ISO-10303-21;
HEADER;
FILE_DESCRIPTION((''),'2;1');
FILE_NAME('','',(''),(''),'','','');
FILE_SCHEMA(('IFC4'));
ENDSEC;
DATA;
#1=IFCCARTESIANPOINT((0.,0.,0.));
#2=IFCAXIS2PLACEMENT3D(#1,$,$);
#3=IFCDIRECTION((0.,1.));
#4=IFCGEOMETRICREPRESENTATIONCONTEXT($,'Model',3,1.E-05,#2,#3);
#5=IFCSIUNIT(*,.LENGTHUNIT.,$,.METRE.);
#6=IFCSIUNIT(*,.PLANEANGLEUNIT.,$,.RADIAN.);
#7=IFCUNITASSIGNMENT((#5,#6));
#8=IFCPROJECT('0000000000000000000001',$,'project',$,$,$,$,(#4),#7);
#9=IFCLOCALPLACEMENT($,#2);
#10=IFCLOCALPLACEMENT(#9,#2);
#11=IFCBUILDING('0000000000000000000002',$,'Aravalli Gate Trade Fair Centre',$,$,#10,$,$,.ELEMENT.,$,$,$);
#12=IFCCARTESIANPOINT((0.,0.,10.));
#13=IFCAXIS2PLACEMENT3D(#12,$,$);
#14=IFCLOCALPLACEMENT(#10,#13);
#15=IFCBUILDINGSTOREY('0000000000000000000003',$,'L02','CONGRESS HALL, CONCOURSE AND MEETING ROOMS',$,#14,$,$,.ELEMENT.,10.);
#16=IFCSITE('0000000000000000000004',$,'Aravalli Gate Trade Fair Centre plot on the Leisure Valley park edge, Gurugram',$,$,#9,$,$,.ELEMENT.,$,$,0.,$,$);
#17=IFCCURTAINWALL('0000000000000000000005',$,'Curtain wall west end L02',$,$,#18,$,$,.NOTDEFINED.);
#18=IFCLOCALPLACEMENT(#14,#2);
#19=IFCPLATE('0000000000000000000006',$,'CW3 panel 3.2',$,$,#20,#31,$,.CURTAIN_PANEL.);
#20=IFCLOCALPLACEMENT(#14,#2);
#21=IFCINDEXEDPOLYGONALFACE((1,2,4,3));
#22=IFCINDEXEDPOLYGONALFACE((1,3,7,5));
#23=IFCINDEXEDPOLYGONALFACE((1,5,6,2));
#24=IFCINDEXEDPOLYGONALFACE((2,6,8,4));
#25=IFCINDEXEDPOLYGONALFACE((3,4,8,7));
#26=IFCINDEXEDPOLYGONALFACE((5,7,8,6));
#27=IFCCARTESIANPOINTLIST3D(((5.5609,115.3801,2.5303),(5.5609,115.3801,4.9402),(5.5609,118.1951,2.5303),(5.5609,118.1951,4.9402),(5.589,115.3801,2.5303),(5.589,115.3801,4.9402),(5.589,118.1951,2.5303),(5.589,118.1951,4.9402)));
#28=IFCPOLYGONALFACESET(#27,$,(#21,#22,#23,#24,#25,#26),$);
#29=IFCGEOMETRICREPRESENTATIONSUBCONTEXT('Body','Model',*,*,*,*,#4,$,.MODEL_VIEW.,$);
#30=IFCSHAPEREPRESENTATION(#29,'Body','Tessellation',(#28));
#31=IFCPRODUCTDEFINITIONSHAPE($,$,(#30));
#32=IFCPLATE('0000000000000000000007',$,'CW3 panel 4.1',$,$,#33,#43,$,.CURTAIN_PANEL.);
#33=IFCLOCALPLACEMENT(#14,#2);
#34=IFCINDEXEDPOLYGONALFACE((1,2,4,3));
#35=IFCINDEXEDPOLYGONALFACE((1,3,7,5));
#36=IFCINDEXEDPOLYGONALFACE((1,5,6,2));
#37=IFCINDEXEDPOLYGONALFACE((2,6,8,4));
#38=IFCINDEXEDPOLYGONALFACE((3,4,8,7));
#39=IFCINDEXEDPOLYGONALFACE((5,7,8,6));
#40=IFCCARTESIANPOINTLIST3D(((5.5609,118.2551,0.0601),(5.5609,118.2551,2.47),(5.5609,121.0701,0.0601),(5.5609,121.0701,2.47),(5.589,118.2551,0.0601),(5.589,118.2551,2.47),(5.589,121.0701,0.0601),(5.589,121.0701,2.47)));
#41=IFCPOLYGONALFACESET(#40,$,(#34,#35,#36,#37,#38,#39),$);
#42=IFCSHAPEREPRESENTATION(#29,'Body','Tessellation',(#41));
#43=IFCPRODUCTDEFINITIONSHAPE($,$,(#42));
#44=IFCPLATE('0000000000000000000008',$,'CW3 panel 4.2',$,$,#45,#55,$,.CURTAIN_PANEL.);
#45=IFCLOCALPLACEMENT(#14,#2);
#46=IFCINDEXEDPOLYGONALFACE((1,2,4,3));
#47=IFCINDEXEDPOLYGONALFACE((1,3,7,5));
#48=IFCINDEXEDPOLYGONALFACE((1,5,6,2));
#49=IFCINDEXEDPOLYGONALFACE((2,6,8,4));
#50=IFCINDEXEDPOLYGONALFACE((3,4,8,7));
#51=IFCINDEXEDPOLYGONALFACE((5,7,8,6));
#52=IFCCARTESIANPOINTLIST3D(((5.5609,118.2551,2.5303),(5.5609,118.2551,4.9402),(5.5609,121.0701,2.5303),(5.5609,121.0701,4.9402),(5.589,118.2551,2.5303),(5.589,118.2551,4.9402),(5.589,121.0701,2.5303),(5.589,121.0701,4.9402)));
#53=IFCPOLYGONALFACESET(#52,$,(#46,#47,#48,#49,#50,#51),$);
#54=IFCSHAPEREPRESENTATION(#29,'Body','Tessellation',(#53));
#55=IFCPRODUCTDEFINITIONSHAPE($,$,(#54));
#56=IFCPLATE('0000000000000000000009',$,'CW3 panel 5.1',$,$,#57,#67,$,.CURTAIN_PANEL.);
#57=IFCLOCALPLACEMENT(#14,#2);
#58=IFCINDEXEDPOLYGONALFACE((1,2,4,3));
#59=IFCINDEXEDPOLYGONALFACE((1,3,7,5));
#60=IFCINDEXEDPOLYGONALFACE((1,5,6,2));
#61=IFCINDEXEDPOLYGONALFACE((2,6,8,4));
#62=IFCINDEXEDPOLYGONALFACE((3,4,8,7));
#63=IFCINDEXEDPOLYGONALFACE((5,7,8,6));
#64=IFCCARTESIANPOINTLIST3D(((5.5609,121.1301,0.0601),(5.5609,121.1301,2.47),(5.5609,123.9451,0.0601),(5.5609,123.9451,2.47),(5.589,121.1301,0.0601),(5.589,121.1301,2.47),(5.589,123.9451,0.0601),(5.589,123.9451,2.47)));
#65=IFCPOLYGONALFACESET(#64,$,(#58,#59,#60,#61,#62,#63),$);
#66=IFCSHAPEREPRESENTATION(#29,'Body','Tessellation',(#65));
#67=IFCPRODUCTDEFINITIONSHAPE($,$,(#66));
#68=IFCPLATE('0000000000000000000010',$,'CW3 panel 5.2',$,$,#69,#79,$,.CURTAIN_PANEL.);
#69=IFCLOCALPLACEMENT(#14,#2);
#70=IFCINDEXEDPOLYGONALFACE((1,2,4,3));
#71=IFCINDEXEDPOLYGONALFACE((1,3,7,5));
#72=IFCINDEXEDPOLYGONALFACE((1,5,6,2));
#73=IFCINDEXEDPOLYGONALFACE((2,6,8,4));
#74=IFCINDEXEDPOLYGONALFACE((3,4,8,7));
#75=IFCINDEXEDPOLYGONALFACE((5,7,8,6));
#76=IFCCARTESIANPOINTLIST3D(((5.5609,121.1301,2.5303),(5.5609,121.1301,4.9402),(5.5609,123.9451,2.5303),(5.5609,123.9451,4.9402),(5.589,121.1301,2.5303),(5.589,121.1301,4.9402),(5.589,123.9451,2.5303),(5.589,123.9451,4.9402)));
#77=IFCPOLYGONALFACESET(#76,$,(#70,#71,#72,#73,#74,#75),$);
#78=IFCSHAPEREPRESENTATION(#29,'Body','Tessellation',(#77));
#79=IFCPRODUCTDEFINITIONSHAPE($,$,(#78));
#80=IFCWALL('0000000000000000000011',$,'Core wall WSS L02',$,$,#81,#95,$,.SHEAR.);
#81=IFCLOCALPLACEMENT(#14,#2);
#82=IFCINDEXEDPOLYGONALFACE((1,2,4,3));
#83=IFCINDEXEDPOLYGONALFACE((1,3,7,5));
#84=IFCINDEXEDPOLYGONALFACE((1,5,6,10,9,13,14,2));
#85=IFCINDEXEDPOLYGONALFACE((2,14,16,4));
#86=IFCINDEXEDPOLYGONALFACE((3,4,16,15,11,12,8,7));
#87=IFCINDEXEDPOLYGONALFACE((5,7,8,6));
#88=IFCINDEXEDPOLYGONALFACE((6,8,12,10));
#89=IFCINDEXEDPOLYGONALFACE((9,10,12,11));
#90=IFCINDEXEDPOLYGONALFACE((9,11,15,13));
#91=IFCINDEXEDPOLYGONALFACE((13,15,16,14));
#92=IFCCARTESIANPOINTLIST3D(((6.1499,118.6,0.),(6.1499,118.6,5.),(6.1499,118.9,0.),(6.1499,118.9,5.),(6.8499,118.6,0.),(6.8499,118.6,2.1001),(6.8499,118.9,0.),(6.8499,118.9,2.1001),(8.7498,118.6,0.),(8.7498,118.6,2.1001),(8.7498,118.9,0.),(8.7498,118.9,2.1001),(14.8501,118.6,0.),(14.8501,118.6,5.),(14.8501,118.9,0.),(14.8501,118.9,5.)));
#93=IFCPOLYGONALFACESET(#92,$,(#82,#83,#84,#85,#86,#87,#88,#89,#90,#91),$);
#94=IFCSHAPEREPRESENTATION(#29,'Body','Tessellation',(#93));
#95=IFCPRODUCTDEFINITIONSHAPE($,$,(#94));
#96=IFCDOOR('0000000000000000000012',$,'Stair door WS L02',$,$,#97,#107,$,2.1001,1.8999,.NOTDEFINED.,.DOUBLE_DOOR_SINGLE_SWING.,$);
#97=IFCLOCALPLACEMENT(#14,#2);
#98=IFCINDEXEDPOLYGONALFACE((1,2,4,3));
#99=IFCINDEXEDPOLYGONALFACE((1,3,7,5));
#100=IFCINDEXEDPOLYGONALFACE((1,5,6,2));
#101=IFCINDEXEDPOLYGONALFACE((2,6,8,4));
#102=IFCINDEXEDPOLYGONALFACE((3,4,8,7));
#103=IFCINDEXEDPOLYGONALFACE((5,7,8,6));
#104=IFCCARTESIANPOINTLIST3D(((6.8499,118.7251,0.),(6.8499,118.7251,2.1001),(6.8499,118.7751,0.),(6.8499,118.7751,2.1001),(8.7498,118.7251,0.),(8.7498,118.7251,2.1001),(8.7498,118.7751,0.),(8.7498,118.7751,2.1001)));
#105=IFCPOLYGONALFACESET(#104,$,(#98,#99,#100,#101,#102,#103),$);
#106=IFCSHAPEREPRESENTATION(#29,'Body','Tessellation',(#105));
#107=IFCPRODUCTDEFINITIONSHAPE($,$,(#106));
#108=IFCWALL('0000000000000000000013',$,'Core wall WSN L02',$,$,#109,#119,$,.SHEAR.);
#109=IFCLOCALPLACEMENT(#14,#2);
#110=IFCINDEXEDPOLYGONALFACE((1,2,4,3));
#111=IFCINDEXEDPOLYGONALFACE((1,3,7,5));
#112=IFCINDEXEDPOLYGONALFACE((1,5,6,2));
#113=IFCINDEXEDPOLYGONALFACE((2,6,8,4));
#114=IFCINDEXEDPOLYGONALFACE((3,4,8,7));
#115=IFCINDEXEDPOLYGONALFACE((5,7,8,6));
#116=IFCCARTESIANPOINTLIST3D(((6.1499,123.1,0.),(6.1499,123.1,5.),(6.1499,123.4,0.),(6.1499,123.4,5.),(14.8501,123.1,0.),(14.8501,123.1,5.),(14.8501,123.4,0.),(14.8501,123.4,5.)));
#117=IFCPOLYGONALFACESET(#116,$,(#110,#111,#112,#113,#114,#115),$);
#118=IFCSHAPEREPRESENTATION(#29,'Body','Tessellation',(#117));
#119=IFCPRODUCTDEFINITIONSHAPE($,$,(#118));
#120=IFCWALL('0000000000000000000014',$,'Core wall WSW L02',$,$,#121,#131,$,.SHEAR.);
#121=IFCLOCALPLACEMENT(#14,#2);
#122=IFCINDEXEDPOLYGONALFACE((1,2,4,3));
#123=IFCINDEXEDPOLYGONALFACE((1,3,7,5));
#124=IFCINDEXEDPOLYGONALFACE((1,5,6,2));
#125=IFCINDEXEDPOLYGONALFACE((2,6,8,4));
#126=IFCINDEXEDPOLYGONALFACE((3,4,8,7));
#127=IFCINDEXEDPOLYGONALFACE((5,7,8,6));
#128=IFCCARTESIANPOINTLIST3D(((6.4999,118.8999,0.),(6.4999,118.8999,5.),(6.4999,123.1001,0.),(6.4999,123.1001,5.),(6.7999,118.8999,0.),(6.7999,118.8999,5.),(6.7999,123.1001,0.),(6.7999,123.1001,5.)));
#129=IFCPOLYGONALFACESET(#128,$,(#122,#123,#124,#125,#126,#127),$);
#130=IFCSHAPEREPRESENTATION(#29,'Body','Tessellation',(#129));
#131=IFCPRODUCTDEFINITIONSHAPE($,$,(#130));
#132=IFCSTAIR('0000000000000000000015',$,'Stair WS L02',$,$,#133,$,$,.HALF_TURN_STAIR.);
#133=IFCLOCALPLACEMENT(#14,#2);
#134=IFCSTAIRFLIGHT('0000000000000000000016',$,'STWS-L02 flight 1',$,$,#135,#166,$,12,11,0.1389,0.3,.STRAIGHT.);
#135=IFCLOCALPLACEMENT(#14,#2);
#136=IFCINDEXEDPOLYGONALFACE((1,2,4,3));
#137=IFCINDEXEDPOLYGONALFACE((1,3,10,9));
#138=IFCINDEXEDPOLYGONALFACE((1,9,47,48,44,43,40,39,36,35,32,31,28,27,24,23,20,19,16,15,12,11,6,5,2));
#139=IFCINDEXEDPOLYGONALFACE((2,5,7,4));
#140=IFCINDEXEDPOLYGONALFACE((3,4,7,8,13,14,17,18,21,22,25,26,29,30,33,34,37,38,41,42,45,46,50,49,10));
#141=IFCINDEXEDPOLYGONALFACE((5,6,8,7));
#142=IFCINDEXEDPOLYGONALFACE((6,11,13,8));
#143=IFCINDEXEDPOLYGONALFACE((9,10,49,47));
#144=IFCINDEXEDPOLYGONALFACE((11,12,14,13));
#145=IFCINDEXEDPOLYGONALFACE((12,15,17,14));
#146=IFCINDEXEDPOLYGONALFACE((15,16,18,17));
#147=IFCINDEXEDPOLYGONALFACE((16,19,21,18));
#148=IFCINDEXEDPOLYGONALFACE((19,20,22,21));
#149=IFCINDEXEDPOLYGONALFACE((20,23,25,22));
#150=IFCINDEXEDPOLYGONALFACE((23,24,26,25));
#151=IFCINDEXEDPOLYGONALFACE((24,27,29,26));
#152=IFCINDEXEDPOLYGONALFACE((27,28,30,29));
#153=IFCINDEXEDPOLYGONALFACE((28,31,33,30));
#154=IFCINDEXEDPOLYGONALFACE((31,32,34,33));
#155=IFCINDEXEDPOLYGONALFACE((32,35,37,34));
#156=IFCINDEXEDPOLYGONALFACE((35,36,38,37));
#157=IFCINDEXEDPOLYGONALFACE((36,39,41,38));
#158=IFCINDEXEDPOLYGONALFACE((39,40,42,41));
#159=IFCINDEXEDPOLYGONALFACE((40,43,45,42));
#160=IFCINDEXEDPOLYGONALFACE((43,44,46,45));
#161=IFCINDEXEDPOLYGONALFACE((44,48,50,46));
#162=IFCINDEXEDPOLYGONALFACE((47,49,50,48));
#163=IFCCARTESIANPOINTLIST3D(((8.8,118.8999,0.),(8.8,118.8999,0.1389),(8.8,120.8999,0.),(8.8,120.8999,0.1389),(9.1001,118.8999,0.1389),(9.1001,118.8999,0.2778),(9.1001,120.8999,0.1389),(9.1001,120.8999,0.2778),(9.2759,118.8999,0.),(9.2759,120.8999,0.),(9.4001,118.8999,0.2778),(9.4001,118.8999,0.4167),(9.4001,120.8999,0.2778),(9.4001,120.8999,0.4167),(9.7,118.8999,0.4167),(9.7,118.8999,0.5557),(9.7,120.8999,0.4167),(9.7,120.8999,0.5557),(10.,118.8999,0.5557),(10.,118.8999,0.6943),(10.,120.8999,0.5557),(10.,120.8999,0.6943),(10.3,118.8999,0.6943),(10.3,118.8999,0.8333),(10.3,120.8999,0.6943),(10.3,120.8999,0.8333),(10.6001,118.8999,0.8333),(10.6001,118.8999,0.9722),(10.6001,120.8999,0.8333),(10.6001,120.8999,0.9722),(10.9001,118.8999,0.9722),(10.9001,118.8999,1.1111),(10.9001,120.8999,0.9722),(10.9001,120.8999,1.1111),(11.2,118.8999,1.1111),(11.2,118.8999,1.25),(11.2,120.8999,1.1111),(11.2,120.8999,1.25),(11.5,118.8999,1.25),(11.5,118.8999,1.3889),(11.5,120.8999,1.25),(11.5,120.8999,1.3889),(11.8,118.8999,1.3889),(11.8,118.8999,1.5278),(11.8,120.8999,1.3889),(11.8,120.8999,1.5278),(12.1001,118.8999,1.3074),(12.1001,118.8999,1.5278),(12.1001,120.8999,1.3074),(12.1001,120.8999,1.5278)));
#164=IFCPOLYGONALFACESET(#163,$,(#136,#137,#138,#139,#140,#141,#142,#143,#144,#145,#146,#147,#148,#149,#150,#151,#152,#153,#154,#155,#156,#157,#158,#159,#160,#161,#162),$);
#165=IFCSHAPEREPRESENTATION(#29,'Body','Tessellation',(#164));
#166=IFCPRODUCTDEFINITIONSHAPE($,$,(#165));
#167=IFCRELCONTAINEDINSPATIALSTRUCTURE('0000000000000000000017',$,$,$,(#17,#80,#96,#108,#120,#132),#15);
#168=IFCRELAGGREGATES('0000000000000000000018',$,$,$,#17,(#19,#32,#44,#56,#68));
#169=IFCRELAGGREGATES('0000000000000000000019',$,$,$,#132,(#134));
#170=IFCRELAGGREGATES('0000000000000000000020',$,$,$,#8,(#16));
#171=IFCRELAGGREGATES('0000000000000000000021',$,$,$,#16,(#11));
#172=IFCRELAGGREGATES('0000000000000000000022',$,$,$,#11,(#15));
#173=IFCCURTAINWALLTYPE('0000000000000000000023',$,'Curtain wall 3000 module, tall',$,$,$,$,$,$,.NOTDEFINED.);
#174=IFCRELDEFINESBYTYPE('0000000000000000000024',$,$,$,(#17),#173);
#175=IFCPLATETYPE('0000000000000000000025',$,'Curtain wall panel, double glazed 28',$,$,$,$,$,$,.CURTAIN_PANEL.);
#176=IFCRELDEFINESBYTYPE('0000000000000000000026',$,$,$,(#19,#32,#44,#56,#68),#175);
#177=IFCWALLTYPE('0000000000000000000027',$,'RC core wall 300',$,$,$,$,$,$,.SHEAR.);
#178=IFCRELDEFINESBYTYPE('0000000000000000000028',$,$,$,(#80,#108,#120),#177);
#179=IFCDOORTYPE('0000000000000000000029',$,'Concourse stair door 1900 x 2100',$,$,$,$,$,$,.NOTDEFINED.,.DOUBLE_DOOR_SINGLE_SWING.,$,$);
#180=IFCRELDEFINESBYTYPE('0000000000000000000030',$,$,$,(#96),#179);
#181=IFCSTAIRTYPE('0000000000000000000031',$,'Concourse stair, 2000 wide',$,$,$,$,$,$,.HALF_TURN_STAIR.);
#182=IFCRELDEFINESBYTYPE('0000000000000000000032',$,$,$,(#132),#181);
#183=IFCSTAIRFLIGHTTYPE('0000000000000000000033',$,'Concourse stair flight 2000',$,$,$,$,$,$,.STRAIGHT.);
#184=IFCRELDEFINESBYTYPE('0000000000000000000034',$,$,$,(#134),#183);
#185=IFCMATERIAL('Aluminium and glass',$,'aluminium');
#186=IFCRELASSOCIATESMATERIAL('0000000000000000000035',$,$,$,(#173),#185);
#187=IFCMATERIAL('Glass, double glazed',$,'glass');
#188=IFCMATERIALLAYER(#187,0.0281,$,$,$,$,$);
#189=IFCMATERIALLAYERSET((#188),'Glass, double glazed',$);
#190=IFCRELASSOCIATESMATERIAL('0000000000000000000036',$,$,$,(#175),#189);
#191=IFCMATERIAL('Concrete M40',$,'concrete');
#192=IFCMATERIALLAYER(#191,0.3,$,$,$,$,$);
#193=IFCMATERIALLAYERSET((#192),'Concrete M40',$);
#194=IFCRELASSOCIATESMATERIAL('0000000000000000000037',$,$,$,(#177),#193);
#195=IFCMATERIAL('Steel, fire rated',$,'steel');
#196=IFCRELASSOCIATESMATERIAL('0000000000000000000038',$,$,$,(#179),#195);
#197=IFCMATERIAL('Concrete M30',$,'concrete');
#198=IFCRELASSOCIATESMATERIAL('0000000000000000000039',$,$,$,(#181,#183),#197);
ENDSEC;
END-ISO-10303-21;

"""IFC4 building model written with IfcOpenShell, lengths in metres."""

from ifc_helpers import new_model, si_unit, direction, frame, frame_2d, origin, origin_2d, place, context, subcontext, project, spatial, polyline, rectangle, outline, extrude, material, layer, layer_set, type_object, element, fill, aggregate, save


model = new_model("IFC4")

# Units and contexts
model_context = context("Model", 3, precision=1e-05, world=origin(), true_north=direction((0.0, 1.0)))
body_context = subcontext(model_context, "Body", "Model", "MODEL_VIEW")
ifc_project = project(units=[si_unit("LENGTHUNIT", "METRE"), si_unit("PLANEANGLEUNIT", "RADIAN")], contexts=[model_context])

# Site, building, storey
site_placement = place(None, origin())
site = spatial("IfcSite", under=ifc_project, at=site_placement, Name="Aravalli Gate Trade Fair Centre plot on the Leisure Valley park edge, Gurugram", CompositionType="ELEMENT", RefElevation=0.0)
building_placement = place(site_placement, origin())
building = spatial("IfcBuilding", under=site, at=building_placement, Name="Aravalli Gate Trade Fair Centre", CompositionType="ELEMENT")
storey_placement = place(building_placement, frame((0.0, 0.0, 10.0)))
storey = spatial("IfcBuildingStorey", under=building, at=storey_placement, Name="L02", Description="CONGRESS HALL, CONCOURSE AND MEETING ROOMS", CompositionType="ELEMENT", Elevation=10.0)

# Curtain wall
ifc_material_1 = material(Name="Aluminium and glass", Category="aluminium")
curtain_wall_type = type_object("IfcCurtainWallType", Name="Curtain wall 3000 module, tall", PredefinedType="NOTDEFINED", material=ifc_material_1)
curtain_wall_placement = place(storey_placement, origin())
curtain_wall = element("IfcCurtainWall", 1, at=curtain_wall_placement, inside=storey, type_object=curtain_wall_type, Name="Curtain wall west end L02", PredefinedType="NOTDEFINED")

# Plates
ifc_material_2 = material(Name="Glass, double glazed", Category="glass")
ifc_layer_1 = layer(ifc_material_2, 0.0281)
ifc_layer_set_1 = layer_set([ifc_layer_1], Name="Glass, double glazed")
plate_type = type_object("IfcPlateType", Name="Curtain wall panel, double glazed 28", PredefinedType="CURTAIN_PANEL", material=ifc_layer_set_1)
plate_1_placement = place(storey_placement, frame((5.575, 116.7876, 2.5303), z_axis=(0.0, 0.0, 1.0), x_axis=(0.0, 1.0, 0.0)))
plate_1 = element("IfcPlate", 2, at=plate_1_placement, type_object=plate_type, Name="CW3 panel 3.2", PredefinedType="CURTAIN_PANEL", context=body_context, shape_type="SweptSolid", body=[
    extrude(rectangle(XDim=2.8149, YDim=0.0281, at=origin_2d()), origin(), (0.0, 0.0, 1.0), 2.4099),
])
plate_2_placement = place(storey_placement, frame((5.575, 119.6626, 0.0601), z_axis=(0.0, 0.0, 1.0), x_axis=(0.0, 1.0, 0.0)))
plate_2 = element("IfcPlate", 3, at=plate_2_placement, type_object=plate_type, Name="CW3 panel 4.1", PredefinedType="CURTAIN_PANEL", context=body_context, shape_type="SweptSolid", body=[
    extrude(rectangle(XDim=2.8149, YDim=0.0281, at=origin_2d()), origin(), (0.0, 0.0, 1.0), 2.4099),
])
plate_3_placement = place(storey_placement, frame((5.575, 119.6626, 2.5303), z_axis=(0.0, 0.0, 1.0), x_axis=(0.0, 1.0, 0.0)))
plate_3 = element("IfcPlate", 4, at=plate_3_placement, type_object=plate_type, Name="CW3 panel 4.2", PredefinedType="CURTAIN_PANEL", context=body_context, shape_type="SweptSolid", body=[
    extrude(rectangle(XDim=2.8149, YDim=0.0281, at=origin_2d()), origin(), (0.0, 0.0, 1.0), 2.4099),
])
plate_4_placement = place(storey_placement, frame((5.575, 122.5376, 0.0601), z_axis=(0.0, 0.0, 1.0), x_axis=(0.0, 1.0, 0.0)))
plate_4 = element("IfcPlate", 5, at=plate_4_placement, type_object=plate_type, Name="CW3 panel 5.1", PredefinedType="CURTAIN_PANEL", context=body_context, shape_type="SweptSolid", body=[
    extrude(rectangle(XDim=2.8149, YDim=0.0281, at=origin_2d()), origin(), (0.0, 0.0, 1.0), 2.4099),
])
plate_5_placement = place(storey_placement, frame((5.575, 122.5376, 2.5303), z_axis=(0.0, 0.0, 1.0), x_axis=(0.0, 1.0, 0.0)))
plate_5 = element("IfcPlate", 6, at=plate_5_placement, type_object=plate_type, Name="CW3 panel 5.2", PredefinedType="CURTAIN_PANEL", context=body_context, shape_type="SweptSolid", body=[
    extrude(rectangle(XDim=2.8149, YDim=0.0281, at=origin_2d()), origin(), (0.0, 0.0, 1.0), 2.4099),
])
aggregate(curtain_wall, [plate_1, plate_2, plate_3, plate_4, plate_5])

# Wall, opening, door
ifc_material_3 = material(Name="Concrete M40", Category="concrete")
ifc_layer_2 = layer(ifc_material_3, 0.3)
ifc_layer_set_2 = layer_set([ifc_layer_2], Name="Concrete M40")
wall_type = type_object("IfcWallType", Name="RC core wall 300", PredefinedType="SHEAR", material=ifc_layer_set_2)
wall_1_placement = place(storey_placement, frame((6.1499, 118.75, 0.0), z_axis=(0.0, 0.0, 1.0), x_axis=(1.0, 0.0, 0.0)))
wall_1 = element("IfcWall", 7, at=wall_1_placement, inside=storey, type_object=wall_type, Name="Core wall WSS L02", PredefinedType="SHEAR", context=body_context, shape_type="SweptSolid", body=[
    extrude(rectangle(XDim=8.7002, YDim=0.3, at=frame_2d((4.3501, 0.0))), origin(), (0.0, 0.0, 1.0), 5.0),
])
opening_placement = place(wall_1_placement, frame((0.7, 0.0, 0.0)))
opening = element("IfcOpeningElement", 8, at=opening_placement, cuts=wall_1, PredefinedType="OPENING", context=body_context, shape_type="SweptSolid", body=[
    extrude(rectangle(XDim=1.8999, YDim=2.1001, at=frame_2d((0.95, 1.05))), frame((0.0, 0.1599, 0.0), z_axis=(0.0, -1.0, 0.0), x_axis=(1.0, 0.0, 0.0)), (0.0, 0.0, 1.0), 0.3201),
])
ifc_material_4 = material(Name="Steel, fire rated", Category="steel")
door_type = type_object("IfcDoorType", Name="Concourse stair door 1900 x 2100", OperationType="DOUBLE_DOOR_SINGLE_SWING", PredefinedType="NOTDEFINED", material=ifc_material_4)
door_placement = place(opening_placement, frame((1.8999, 0.0, 0.0), z_axis=(0.0, 0.0, 1.0), x_axis=(-1.0, 0.0, 0.0)))
door = element("IfcDoor", 9, at=door_placement, inside=storey, type_object=door_type, Name="Stair door WS L02", OperationType="DOUBLE_DOOR_SINGLE_SWING", OverallHeight=2.1001, OverallWidth=1.8999, PredefinedType="NOTDEFINED", context=body_context, shape_type="SweptSolid", body=[
    extrude(rectangle(XDim=1.8999, YDim=2.1001, at=frame_2d((0.95, 1.05))), frame((0.0, 0.0249, 0.0), z_axis=(0.0, -1.0, 0.0), x_axis=(1.0, 0.0, 0.0)), (0.0, 0.0, 1.0), 0.05),
])
fill(opening, door)

# Walls
wall_2_placement = place(storey_placement, frame((6.1499, 123.25, 0.0), z_axis=(0.0, 0.0, 1.0), x_axis=(1.0, 0.0, 0.0)))
element("IfcWall", 10, at=wall_2_placement, inside=storey, type_object=wall_type, Name="Core wall WSN L02", PredefinedType="SHEAR", context=body_context, shape_type="SweptSolid", body=[
    extrude(rectangle(XDim=8.7002, YDim=0.3, at=frame_2d((4.3501, 0.0))), origin(), (0.0, 0.0, 1.0), 5.0),
])
wall_3_placement = place(storey_placement, frame((6.6499, 118.8999, 0.0), z_axis=(0.0, 0.0, 1.0), x_axis=(0.0, 1.0, 0.0)))
element("IfcWall", 11, at=wall_3_placement, inside=storey, type_object=wall_type, Name="Core wall WSW L02", PredefinedType="SHEAR", context=body_context, shape_type="SweptSolid", body=[
    extrude(rectangle(XDim=4.2002, YDim=0.3, at=frame_2d((2.1001, 0.0))), origin(), (0.0, 0.0, 1.0), 5.0),
])

# Stair, stair flight
ifc_material_5 = material(Name="Concrete M30", Category="concrete")
stair_type = type_object("IfcStairType", Name="Concourse stair, 2000 wide", PredefinedType="HALF_TURN_STAIR", material=ifc_material_5)
stair_placement = place(storey_placement, origin())
stair = element("IfcStair", 12, at=stair_placement, inside=storey, type_object=stair_type, Name="Stair WS L02", PredefinedType="HALF_TURN_STAIR")
stair_flight_type = type_object("IfcStairFlightType", Name="Concourse stair flight 2000", PredefinedType="STRAIGHT", material=ifc_material_5)
stair_flight_1_placement = place(storey_placement, frame((8.8, 119.8999, 0.0), z_axis=(0.0, 0.0, 1.0), x_axis=(1.0, 0.0, 0.0)))
stair_flight_1 = element("IfcStairFlight", 13, at=stair_flight_1_placement, type_object=stair_flight_type, Name="STWS-L02 flight 1", NumberOfRisers=12, NumberOfTreads=11, PredefinedType="STRAIGHT", RiserHeight=0.1389, TreadLength=0.3, context=body_context, shape_type="SweptSolid", body=[
    extrude(outline(polyline([(0.0, 0.0), (0.0, 0.1389), (0.3, 0.1389), (0.3, 0.2778), (0.6001, 0.2778), (0.6001, 0.4167), (0.8999, 0.4167), (0.8999, 0.5557), (1.2, 0.5557), (1.2, 0.6943), (1.5, 0.6943), (1.5, 0.8333), (1.8, 0.8333), (1.8, 0.9722), (2.1001, 0.9722), (2.1001, 1.1111), (2.3999, 1.1111), (2.3999, 1.25), (2.7, 1.25), (2.7, 1.3889), (3.0, 1.3889), (3.0, 1.5278), (3.3, 1.5278), (3.3, 1.6667), (3.3, 1.3074), (0.4758, 0.0), (0.0, 0.0)])), frame((0.0, 1.0, 0.0), z_axis=(0.0, -1.0, 0.0), x_axis=(1.0, 0.0, 0.0)), (0.0, 0.0, 1.0), 2.0),
])
aggregate(stair, [stair_flight_1])

save(model, "model.ifc")
